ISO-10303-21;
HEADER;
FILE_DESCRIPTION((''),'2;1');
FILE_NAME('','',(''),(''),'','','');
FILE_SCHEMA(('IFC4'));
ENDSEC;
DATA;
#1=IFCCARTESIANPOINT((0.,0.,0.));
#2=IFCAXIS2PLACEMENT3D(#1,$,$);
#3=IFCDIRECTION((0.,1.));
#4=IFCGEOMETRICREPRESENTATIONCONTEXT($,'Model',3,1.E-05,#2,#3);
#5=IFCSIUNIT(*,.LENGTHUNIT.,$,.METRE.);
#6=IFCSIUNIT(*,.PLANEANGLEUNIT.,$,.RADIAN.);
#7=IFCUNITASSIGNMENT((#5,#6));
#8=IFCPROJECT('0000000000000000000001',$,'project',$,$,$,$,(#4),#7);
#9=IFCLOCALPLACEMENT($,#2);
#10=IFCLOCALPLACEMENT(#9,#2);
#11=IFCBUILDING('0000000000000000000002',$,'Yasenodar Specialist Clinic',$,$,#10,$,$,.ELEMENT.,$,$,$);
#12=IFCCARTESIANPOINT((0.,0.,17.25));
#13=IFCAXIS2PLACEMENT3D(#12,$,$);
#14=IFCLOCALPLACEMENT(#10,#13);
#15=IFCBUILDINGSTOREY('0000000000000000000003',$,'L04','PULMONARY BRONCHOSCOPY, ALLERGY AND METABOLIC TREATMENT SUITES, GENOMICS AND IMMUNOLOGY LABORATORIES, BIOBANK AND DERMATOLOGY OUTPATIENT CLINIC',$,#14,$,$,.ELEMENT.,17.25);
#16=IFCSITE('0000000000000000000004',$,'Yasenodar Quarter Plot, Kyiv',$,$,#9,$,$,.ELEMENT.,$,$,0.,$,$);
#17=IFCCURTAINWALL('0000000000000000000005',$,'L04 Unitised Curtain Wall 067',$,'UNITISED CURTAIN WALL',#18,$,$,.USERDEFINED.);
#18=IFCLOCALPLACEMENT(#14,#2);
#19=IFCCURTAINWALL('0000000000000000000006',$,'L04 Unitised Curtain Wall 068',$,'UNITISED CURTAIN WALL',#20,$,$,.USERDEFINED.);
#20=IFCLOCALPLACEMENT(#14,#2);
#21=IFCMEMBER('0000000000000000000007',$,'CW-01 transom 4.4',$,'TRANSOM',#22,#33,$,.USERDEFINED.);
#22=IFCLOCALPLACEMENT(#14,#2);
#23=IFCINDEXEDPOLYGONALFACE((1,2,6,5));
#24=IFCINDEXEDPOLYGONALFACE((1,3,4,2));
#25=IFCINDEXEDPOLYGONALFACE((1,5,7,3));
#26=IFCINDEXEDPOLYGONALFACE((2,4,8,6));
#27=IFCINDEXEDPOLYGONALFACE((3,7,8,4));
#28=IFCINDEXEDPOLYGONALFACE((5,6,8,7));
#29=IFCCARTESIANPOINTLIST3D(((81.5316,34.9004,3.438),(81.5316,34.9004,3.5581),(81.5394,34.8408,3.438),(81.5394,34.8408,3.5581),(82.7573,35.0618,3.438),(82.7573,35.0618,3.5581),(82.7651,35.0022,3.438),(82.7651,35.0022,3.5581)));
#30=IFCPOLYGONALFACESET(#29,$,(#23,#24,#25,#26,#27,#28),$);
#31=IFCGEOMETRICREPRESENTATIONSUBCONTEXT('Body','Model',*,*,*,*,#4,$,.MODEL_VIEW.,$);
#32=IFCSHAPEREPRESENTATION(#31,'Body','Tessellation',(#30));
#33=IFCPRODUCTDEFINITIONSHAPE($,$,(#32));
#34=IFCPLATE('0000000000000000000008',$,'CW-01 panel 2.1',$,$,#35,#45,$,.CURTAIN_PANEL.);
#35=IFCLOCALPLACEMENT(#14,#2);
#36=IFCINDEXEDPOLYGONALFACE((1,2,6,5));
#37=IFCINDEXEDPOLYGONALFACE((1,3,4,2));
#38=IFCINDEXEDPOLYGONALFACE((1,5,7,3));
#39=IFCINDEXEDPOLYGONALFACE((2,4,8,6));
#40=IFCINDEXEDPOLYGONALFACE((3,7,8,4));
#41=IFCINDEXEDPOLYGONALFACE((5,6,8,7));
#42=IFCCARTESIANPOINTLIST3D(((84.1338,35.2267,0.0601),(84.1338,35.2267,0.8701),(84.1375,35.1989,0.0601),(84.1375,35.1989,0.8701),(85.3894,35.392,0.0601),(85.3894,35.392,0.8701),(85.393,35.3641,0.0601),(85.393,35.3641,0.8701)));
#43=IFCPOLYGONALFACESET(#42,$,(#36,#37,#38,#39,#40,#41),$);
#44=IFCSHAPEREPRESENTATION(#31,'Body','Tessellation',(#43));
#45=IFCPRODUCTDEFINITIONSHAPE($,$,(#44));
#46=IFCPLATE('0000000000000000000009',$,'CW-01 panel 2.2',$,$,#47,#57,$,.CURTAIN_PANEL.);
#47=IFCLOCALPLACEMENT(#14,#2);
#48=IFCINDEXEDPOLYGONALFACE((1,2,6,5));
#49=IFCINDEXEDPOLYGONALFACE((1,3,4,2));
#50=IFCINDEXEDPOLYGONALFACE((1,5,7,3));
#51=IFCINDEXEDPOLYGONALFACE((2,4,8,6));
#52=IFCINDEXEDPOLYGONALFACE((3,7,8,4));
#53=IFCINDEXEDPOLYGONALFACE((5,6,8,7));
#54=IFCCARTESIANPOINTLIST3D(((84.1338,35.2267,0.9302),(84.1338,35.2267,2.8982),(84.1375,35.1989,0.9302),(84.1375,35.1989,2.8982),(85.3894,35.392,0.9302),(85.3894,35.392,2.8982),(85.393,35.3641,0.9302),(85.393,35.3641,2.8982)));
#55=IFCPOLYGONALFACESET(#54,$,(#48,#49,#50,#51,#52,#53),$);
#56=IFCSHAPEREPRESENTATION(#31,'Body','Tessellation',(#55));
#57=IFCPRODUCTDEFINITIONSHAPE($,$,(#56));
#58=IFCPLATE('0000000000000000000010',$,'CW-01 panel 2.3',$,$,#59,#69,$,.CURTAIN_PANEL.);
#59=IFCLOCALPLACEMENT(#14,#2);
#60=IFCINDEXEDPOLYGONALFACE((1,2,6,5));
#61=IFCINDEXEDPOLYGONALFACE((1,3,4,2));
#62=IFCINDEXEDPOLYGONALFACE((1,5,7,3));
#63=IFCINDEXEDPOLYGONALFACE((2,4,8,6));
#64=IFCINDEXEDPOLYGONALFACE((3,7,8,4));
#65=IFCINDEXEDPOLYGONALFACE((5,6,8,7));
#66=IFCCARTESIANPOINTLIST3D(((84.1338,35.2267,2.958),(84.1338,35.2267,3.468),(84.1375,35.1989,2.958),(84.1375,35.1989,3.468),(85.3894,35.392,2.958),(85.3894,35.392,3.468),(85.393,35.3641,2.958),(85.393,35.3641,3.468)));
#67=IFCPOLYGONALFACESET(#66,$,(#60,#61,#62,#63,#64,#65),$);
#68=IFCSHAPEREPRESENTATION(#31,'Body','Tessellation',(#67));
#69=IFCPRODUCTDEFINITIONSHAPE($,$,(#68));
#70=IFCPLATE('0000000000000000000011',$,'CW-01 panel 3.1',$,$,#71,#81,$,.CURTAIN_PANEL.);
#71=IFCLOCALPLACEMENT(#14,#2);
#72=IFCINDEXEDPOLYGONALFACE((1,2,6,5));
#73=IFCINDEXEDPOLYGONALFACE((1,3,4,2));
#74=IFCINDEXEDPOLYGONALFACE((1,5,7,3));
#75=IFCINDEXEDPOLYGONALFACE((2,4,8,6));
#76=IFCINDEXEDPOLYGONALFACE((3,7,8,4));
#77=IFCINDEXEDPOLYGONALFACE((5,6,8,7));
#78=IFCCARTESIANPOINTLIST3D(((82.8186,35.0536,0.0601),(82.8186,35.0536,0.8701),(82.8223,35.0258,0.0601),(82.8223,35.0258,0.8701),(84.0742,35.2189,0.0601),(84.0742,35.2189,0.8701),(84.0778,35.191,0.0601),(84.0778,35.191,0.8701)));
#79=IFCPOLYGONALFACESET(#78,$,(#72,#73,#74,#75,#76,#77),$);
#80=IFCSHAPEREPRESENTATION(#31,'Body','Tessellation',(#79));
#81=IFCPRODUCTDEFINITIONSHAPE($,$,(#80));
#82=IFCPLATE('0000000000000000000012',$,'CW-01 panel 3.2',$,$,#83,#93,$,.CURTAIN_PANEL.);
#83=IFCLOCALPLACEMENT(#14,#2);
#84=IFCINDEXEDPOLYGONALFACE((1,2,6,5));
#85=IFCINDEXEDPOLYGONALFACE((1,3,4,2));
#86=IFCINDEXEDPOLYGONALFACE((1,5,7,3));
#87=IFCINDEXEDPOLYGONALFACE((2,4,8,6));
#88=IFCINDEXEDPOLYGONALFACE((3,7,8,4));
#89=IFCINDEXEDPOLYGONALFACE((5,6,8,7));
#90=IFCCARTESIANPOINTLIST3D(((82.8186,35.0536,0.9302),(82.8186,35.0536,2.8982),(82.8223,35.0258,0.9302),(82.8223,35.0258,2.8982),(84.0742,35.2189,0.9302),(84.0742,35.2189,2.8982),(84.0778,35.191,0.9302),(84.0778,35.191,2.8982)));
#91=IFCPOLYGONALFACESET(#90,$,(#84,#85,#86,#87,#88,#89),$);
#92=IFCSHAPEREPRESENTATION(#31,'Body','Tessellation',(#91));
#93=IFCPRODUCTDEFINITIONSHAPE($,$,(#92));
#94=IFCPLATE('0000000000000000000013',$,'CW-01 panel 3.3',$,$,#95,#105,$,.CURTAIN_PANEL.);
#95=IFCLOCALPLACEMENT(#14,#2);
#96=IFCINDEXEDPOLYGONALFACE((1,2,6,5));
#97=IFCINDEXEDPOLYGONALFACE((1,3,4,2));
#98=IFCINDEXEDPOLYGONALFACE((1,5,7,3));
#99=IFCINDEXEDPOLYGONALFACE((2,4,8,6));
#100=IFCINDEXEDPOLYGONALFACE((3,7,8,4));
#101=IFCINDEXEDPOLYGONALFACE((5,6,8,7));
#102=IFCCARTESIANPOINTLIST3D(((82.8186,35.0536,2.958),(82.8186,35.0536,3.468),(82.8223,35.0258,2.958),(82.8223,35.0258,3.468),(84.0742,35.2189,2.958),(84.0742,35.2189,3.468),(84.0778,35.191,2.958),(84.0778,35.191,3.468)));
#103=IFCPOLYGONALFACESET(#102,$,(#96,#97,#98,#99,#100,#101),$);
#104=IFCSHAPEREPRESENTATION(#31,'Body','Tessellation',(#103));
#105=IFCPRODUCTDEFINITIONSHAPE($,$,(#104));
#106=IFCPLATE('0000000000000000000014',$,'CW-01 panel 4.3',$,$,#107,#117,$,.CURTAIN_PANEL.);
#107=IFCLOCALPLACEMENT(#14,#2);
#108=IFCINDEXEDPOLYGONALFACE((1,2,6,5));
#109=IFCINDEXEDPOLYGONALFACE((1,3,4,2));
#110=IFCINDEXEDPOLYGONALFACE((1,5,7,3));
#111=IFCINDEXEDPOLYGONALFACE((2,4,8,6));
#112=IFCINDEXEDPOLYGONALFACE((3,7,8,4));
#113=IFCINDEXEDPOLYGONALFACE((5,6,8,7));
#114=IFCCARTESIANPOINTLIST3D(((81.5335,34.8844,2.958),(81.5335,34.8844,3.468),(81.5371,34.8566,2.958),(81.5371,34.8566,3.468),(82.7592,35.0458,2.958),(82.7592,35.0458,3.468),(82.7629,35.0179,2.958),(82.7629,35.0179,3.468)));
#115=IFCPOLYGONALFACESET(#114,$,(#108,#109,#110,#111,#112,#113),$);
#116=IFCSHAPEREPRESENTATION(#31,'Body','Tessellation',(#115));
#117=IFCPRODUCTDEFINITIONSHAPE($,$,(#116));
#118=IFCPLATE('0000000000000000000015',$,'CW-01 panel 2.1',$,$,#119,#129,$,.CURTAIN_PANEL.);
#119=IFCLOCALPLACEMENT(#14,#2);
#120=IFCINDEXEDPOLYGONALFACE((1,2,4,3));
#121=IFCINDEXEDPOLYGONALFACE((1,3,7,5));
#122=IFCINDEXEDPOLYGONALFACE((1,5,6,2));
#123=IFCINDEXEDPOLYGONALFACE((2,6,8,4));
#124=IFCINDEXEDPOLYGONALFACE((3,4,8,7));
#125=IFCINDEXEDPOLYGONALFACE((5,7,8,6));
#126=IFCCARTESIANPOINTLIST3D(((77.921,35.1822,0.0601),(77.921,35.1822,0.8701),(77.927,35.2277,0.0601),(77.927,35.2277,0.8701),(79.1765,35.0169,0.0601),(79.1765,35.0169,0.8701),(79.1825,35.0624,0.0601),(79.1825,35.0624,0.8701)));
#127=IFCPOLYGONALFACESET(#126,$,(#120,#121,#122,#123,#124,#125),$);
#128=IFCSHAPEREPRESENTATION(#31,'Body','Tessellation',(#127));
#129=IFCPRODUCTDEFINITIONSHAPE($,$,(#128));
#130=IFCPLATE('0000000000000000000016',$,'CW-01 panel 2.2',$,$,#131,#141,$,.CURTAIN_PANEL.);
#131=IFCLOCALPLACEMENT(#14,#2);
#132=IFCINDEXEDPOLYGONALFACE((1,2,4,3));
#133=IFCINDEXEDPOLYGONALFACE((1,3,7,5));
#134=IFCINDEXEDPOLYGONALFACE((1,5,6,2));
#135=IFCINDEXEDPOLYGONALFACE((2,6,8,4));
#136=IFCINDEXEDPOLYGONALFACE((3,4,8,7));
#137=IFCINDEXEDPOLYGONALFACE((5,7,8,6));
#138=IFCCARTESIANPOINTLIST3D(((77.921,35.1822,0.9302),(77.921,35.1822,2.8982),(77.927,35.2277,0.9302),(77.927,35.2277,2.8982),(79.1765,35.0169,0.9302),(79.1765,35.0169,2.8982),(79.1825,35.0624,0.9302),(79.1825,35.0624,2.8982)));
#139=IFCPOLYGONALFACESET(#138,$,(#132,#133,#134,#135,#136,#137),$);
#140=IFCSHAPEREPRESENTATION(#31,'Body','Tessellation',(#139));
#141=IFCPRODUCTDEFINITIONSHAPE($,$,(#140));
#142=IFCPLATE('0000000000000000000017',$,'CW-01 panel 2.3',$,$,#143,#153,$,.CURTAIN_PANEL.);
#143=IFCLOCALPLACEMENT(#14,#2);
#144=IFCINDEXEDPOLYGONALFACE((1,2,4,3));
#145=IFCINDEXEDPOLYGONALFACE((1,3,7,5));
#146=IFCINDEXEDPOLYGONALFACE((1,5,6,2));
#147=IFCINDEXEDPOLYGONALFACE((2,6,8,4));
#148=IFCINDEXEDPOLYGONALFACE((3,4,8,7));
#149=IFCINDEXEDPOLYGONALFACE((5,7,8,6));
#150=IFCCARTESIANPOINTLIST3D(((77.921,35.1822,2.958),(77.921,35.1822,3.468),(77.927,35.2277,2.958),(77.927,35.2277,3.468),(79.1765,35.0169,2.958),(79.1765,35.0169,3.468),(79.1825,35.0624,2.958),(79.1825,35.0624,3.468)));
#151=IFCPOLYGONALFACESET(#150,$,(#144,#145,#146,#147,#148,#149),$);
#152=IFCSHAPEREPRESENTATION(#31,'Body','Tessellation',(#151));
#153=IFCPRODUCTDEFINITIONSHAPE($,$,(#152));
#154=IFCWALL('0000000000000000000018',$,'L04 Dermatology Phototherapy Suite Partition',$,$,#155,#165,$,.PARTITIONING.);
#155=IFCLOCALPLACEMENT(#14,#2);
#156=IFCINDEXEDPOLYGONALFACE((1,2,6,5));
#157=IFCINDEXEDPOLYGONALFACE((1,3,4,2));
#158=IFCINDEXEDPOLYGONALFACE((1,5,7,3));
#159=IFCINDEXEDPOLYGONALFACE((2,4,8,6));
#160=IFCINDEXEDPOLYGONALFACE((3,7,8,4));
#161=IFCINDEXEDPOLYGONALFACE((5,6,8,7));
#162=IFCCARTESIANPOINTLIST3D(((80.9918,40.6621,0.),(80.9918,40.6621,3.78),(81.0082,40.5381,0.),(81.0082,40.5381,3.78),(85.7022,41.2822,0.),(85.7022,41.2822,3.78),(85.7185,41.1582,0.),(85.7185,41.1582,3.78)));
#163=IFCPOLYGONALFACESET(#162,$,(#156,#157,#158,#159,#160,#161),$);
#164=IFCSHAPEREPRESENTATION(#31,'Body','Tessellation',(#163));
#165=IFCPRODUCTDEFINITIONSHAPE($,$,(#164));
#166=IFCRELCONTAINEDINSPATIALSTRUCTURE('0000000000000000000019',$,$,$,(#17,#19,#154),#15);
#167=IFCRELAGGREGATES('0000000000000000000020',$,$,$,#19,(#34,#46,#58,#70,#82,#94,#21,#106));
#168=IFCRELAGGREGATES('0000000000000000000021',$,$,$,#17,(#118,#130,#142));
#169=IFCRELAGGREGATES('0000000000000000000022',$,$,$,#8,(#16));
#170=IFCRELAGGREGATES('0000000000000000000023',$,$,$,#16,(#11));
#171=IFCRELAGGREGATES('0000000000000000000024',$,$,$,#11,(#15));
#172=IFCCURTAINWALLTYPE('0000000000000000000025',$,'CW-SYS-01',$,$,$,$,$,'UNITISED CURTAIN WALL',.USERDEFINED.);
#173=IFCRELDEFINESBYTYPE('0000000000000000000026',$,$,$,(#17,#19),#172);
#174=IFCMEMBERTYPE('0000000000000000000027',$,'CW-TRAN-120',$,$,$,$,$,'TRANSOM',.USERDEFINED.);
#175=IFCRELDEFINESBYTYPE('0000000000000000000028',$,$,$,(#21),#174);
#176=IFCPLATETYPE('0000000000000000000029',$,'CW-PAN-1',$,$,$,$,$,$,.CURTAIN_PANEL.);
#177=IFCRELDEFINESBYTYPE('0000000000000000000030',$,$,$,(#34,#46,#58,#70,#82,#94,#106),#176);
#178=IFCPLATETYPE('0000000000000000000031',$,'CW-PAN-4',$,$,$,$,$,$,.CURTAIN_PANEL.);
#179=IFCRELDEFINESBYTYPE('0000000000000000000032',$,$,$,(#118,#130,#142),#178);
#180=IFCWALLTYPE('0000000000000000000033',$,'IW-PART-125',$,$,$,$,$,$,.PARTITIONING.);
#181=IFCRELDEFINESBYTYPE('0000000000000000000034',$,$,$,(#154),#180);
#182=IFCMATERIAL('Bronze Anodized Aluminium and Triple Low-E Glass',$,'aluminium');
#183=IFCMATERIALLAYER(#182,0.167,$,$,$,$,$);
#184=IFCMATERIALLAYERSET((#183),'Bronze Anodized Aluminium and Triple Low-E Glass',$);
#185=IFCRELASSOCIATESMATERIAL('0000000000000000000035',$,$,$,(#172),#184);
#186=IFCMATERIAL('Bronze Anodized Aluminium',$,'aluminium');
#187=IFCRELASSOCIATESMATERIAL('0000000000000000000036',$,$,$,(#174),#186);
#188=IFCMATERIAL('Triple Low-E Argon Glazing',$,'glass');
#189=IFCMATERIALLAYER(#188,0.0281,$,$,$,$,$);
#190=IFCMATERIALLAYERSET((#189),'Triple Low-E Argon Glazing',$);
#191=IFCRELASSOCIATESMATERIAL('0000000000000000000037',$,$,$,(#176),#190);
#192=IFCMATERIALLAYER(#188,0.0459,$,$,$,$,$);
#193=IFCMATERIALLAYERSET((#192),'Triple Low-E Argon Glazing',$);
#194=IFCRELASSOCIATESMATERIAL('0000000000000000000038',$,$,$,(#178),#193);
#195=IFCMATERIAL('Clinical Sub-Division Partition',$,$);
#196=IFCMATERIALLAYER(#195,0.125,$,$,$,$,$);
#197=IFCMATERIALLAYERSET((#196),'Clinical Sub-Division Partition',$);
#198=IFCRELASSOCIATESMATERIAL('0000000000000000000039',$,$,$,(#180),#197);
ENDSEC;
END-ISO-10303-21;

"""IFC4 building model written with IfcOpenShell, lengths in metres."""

from ifc_helpers import new_model, si_unit, direction, frame, frame_2d, origin, origin_2d, place, context, subcontext, project, spatial, rectangle, extrude, material, layer, layer_set, material_profile, profile_set, type_object, element, aggregate, save


model = new_model("IFC4")

# Units and contexts
model_context = context("Model", 3, precision=1e-05, world=origin(), true_north=direction((0.0, 1.0)))
body_context = subcontext(model_context, "Body", "Model", "MODEL_VIEW")
ifc_project = project(units=[si_unit("LENGTHUNIT", "METRE"), si_unit("PLANEANGLEUNIT", "RADIAN")], contexts=[model_context])

# Site, building, storey
site_placement = place(None, origin())
site = spatial("IfcSite", under=ifc_project, at=site_placement, Name="Yasenodar Quarter Plot, Kyiv", CompositionType="ELEMENT", RefElevation=0.0)
building_placement = place(site_placement, origin())
building = spatial("IfcBuilding", under=site, at=building_placement, Name="Yasenodar Specialist Clinic", CompositionType="ELEMENT")
storey_placement = place(building_placement, frame((0.0, 0.0, 17.25)))
storey = spatial("IfcBuildingStorey", under=building, at=storey_placement, Name="L04", Description="PULMONARY BRONCHOSCOPY, ALLERGY AND METABOLIC TREATMENT SUITES, GENOMICS AND IMMUNOLOGY LABORATORIES, BIOBANK AND DERMATOLOGY OUTPATIENT CLINIC", CompositionType="ELEMENT", Elevation=17.25)

# Curtain wall
ifc_material_1 = material(Name="Bronze Anodized Aluminium and Triple Low-E Glass", Category="aluminium")
ifc_layer_1 = layer(ifc_material_1, 0.167)
ifc_layer_set_1 = layer_set([ifc_layer_1], Name="Bronze Anodized Aluminium and Triple Low-E Glass")
curtain_wall_type = type_object("IfcCurtainWallType", Name="CW-SYS-01", ElementType="UNITISED CURTAIN WALL", PredefinedType="USERDEFINED", material=ifc_layer_set_1)
curtain_wall_1_placement = place(storey_placement, origin())
curtain_wall_1 = element("IfcCurtainWall", 1, at=curtain_wall_1_placement, inside=storey, type_object=curtain_wall_type, Name="L04 Unitised Curtain Wall 067", ObjectType="UNITISED CURTAIN WALL", PredefinedType="USERDEFINED")
ifc_material_2 = material(Name="Bronze Anodized Aluminium", Category="aluminium")

# Curtain wall
curtain_wall_2_placement = place(storey_placement, origin())
curtain_wall_2 = element("IfcCurtainWall", 2, at=curtain_wall_2_placement, inside=storey, type_object=curtain_wall_type, Name="L04 Unitised Curtain Wall 068", ObjectType="UNITISED CURTAIN WALL", PredefinedType="USERDEFINED")

# Member
ifc_material_profile_1 = material_profile(ifc_material_2, rectangle(XDim=0.0601, YDim=0.1201, at=origin_2d()), Name="CW-TRAN 60x120")
ifc_profile_set_1 = profile_set([ifc_material_profile_1], Name="Bronze Anodized Aluminium")
member_type_1 = type_object("IfcMemberType", Name="CW-TRAN-120", ElementType="TRANSOM", PredefinedType="USERDEFINED", material=ifc_profile_set_1)
member_1_placement = place(storey_placement, frame((82.7612, 35.032, 3.498), z_axis=(-0.991446, -0.130521, 0.0), x_axis=(0.130521, -0.991446, 0.0)))
member_1 = element("IfcMember", 3, at=member_1_placement, type_object=member_type_1, Name="CW-01 transom 4.4", ObjectType="TRANSOM", PredefinedType="USERDEFINED", context=body_context, shape_type="SweptSolid", body=[
    extrude(rectangle(XDim=0.0601, YDim=0.1201, at=origin_2d()), origin(), (0.0, 0.0, 1.0), 1.2363),
])

# Plates
ifc_material_3 = material(Name="Triple Low-E Argon Glazing", Category="glass")
ifc_layer_2 = layer(ifc_material_3, 0.0281)
ifc_layer_set_2 = layer_set([ifc_layer_2], Name="Triple Low-E Argon Glazing")
plate_type_1 = type_object("IfcPlateType", Name="CW-PAN-1", PredefinedType="CURTAIN_PANEL", material=ifc_layer_set_2)
plate_1_placement = place(storey_placement, frame((84.7634, 35.2954, 0.0601), z_axis=(0.0, 0.0, 1.0), x_axis=(-0.991447, -0.130512, 0.0)))
plate_1 = element("IfcPlate", 4, at=plate_1_placement, type_object=plate_type_1, Name="CW-01 panel 2.1", PredefinedType="CURTAIN_PANEL", context=body_context, shape_type="SweptSolid", body=[
    extrude(rectangle(XDim=1.2664, YDim=0.0281, at=origin_2d()), origin(), (0.0, 0.0, 1.0), 0.8101),
])
plate_2_placement = place(storey_placement, frame((84.7634, 35.2954, 0.9302), z_axis=(0.0, 0.0, 1.0), x_axis=(-0.991447, -0.130512, 0.0)))
plate_2 = element("IfcPlate", 5, at=plate_2_placement, type_object=plate_type_1, Name="CW-01 panel 2.2", PredefinedType="CURTAIN_PANEL", context=body_context, shape_type="SweptSolid", body=[
    extrude(rectangle(XDim=1.2664, YDim=0.0281, at=origin_2d()), origin(), (0.0, 0.0, 1.0), 1.968),
])
plate_3_placement = place(storey_placement, frame((84.7634, 35.2954, 2.958), z_axis=(0.0, 0.0, 1.0), x_axis=(-0.991447, -0.130512, 0.0)))
plate_3 = element("IfcPlate", 6, at=plate_3_placement, type_object=plate_type_1, Name="CW-01 panel 2.3", PredefinedType="CURTAIN_PANEL", context=body_context, shape_type="SweptSolid", body=[
    extrude(rectangle(XDim=1.2664, YDim=0.0281, at=origin_2d()), origin(), (0.0, 0.0, 1.0), 0.51),
])
plate_4_placement = place(storey_placement, frame((83.4482, 35.1223, 0.0601), z_axis=(0.0, 0.0, 1.0), x_axis=(-0.991447, -0.130512, 0.0)))
plate_4 = element("IfcPlate", 7, at=plate_4_placement, type_object=plate_type_1, Name="CW-01 panel 3.1", PredefinedType="CURTAIN_PANEL", context=body_context, shape_type="SweptSolid", body=[
    extrude(rectangle(XDim=1.2664, YDim=0.0281, at=origin_2d()), origin(), (0.0, 0.0, 1.0), 0.8101),
])
plate_5_placement = place(storey_placement, frame((83.4482, 35.1223, 0.9302), z_axis=(0.0, 0.0, 1.0), x_axis=(-0.991447, -0.130512, 0.0)))
plate_5 = element("IfcPlate", 8, at=plate_5_placement, type_object=plate_type_1, Name="CW-01 panel 3.2", PredefinedType="CURTAIN_PANEL", context=body_context, shape_type="SweptSolid", body=[
    extrude(rectangle(XDim=1.2664, YDim=0.0281, at=origin_2d()), origin(), (0.0, 0.0, 1.0), 1.968),
])
plate_6_placement = place(storey_placement, frame((83.4482, 35.1223, 2.958), z_axis=(0.0, 0.0, 1.0), x_axis=(-0.991447, -0.130512, 0.0)))
plate_6 = element("IfcPlate", 9, at=plate_6_placement, type_object=plate_type_1, Name="CW-01 panel 3.3", PredefinedType="CURTAIN_PANEL", context=body_context, shape_type="SweptSolid", body=[
    extrude(rectangle(XDim=1.2664, YDim=0.0281, at=origin_2d()), origin(), (0.0, 0.0, 1.0), 0.51),
])
plate_7_placement = place(storey_placement, frame((82.1482, 34.9512, 2.958), z_axis=(0.0, 0.0, 1.0), x_axis=(-0.991447, -0.130512, 0.0)))
plate_7 = element("IfcPlate", 10, at=plate_7_placement, type_object=plate_type_1, Name="CW-01 panel 4.3", PredefinedType="CURTAIN_PANEL", context=body_context, shape_type="SweptSolid", body=[
    extrude(rectangle(XDim=1.2363, YDim=0.0281, at=origin_2d()), origin(), (0.0, 0.0, 1.0), 0.51),
])
aggregate(curtain_wall_2, [plate_1, plate_2, plate_3, plate_4, plate_5, plate_6, member_1, plate_7])
ifc_layer_3 = layer(ifc_material_3, 0.0459)
ifc_layer_set_3 = layer_set([ifc_layer_3], Name="Triple Low-E Argon Glazing")
plate_type_2 = type_object("IfcPlateType", Name="CW-PAN-4", PredefinedType="CURTAIN_PANEL", material=ifc_layer_set_3)
plate_8_placement = place(storey_placement, frame((78.5518, 35.1223, 0.0601), z_axis=(0.0, 0.0, 1.0), x_axis=(-0.991447, 0.130512, 0.0)))
plate_8 = element("IfcPlate", 11, at=plate_8_placement, type_object=plate_type_2, Name="CW-01 panel 2.1", PredefinedType="CURTAIN_PANEL", context=body_context, shape_type="SweptSolid", body=[
    extrude(rectangle(XDim=1.2664, YDim=0.0459, at=origin_2d()), origin(), (0.0, 0.0, 1.0), 0.8101),
])
plate_9_placement = place(storey_placement, frame((78.5518, 35.1223, 0.9302), z_axis=(0.0, 0.0, 1.0), x_axis=(-0.991447, 0.130512, 0.0)))
plate_9 = element("IfcPlate", 12, at=plate_9_placement, type_object=plate_type_2, Name="CW-01 panel 2.2", PredefinedType="CURTAIN_PANEL", context=body_context, shape_type="SweptSolid", body=[
    extrude(rectangle(XDim=1.2664, YDim=0.0459, at=origin_2d()), origin(), (0.0, 0.0, 1.0), 1.968),
])
plate_10_placement = place(storey_placement, frame((78.5518, 35.1223, 2.958), z_axis=(0.0, 0.0, 1.0), x_axis=(-0.991447, 0.130512, 0.0)))
plate_10 = element("IfcPlate", 13, at=plate_10_placement, type_object=plate_type_2, Name="CW-01 panel 2.3", PredefinedType="CURTAIN_PANEL", context=body_context, shape_type="SweptSolid", body=[
    extrude(rectangle(XDim=1.2664, YDim=0.0459, at=origin_2d()), origin(), (0.0, 0.0, 1.0), 0.51),
])
aggregate(curtain_wall_1, [plate_8, plate_9, plate_10])

# Wall
ifc_material_4 = material(Name="Clinical Sub-Division Partition")
ifc_layer_4 = layer(ifc_material_4, 0.125)
ifc_layer_set_4 = layer_set([ifc_layer_4], Name="Clinical Sub-Division Partition")
wall_type = type_object("IfcWallType", Name="IW-PART-125", PredefinedType="PARTITIONING", material=ifc_layer_set_4)
wall_placement = place(storey_placement, frame((81.0, 40.6001, 0.0), z_axis=(0.0, 0.0, 1.0), x_axis=(0.991446, 0.130521, 0.0)))
element("IfcWall", 14, at=wall_placement, inside=storey, type_object=wall_type, Name="L04 Dermatology Phototherapy Suite Partition", PredefinedType="PARTITIONING", context=body_context, shape_type="SweptSolid", body=[
    extrude(rectangle(XDim=4.751, YDim=0.125, at=frame_2d((2.3755, 0.0))), origin(), (0.0, 0.0, 1.0), 3.78),
])

save(model, "model.ifc")
